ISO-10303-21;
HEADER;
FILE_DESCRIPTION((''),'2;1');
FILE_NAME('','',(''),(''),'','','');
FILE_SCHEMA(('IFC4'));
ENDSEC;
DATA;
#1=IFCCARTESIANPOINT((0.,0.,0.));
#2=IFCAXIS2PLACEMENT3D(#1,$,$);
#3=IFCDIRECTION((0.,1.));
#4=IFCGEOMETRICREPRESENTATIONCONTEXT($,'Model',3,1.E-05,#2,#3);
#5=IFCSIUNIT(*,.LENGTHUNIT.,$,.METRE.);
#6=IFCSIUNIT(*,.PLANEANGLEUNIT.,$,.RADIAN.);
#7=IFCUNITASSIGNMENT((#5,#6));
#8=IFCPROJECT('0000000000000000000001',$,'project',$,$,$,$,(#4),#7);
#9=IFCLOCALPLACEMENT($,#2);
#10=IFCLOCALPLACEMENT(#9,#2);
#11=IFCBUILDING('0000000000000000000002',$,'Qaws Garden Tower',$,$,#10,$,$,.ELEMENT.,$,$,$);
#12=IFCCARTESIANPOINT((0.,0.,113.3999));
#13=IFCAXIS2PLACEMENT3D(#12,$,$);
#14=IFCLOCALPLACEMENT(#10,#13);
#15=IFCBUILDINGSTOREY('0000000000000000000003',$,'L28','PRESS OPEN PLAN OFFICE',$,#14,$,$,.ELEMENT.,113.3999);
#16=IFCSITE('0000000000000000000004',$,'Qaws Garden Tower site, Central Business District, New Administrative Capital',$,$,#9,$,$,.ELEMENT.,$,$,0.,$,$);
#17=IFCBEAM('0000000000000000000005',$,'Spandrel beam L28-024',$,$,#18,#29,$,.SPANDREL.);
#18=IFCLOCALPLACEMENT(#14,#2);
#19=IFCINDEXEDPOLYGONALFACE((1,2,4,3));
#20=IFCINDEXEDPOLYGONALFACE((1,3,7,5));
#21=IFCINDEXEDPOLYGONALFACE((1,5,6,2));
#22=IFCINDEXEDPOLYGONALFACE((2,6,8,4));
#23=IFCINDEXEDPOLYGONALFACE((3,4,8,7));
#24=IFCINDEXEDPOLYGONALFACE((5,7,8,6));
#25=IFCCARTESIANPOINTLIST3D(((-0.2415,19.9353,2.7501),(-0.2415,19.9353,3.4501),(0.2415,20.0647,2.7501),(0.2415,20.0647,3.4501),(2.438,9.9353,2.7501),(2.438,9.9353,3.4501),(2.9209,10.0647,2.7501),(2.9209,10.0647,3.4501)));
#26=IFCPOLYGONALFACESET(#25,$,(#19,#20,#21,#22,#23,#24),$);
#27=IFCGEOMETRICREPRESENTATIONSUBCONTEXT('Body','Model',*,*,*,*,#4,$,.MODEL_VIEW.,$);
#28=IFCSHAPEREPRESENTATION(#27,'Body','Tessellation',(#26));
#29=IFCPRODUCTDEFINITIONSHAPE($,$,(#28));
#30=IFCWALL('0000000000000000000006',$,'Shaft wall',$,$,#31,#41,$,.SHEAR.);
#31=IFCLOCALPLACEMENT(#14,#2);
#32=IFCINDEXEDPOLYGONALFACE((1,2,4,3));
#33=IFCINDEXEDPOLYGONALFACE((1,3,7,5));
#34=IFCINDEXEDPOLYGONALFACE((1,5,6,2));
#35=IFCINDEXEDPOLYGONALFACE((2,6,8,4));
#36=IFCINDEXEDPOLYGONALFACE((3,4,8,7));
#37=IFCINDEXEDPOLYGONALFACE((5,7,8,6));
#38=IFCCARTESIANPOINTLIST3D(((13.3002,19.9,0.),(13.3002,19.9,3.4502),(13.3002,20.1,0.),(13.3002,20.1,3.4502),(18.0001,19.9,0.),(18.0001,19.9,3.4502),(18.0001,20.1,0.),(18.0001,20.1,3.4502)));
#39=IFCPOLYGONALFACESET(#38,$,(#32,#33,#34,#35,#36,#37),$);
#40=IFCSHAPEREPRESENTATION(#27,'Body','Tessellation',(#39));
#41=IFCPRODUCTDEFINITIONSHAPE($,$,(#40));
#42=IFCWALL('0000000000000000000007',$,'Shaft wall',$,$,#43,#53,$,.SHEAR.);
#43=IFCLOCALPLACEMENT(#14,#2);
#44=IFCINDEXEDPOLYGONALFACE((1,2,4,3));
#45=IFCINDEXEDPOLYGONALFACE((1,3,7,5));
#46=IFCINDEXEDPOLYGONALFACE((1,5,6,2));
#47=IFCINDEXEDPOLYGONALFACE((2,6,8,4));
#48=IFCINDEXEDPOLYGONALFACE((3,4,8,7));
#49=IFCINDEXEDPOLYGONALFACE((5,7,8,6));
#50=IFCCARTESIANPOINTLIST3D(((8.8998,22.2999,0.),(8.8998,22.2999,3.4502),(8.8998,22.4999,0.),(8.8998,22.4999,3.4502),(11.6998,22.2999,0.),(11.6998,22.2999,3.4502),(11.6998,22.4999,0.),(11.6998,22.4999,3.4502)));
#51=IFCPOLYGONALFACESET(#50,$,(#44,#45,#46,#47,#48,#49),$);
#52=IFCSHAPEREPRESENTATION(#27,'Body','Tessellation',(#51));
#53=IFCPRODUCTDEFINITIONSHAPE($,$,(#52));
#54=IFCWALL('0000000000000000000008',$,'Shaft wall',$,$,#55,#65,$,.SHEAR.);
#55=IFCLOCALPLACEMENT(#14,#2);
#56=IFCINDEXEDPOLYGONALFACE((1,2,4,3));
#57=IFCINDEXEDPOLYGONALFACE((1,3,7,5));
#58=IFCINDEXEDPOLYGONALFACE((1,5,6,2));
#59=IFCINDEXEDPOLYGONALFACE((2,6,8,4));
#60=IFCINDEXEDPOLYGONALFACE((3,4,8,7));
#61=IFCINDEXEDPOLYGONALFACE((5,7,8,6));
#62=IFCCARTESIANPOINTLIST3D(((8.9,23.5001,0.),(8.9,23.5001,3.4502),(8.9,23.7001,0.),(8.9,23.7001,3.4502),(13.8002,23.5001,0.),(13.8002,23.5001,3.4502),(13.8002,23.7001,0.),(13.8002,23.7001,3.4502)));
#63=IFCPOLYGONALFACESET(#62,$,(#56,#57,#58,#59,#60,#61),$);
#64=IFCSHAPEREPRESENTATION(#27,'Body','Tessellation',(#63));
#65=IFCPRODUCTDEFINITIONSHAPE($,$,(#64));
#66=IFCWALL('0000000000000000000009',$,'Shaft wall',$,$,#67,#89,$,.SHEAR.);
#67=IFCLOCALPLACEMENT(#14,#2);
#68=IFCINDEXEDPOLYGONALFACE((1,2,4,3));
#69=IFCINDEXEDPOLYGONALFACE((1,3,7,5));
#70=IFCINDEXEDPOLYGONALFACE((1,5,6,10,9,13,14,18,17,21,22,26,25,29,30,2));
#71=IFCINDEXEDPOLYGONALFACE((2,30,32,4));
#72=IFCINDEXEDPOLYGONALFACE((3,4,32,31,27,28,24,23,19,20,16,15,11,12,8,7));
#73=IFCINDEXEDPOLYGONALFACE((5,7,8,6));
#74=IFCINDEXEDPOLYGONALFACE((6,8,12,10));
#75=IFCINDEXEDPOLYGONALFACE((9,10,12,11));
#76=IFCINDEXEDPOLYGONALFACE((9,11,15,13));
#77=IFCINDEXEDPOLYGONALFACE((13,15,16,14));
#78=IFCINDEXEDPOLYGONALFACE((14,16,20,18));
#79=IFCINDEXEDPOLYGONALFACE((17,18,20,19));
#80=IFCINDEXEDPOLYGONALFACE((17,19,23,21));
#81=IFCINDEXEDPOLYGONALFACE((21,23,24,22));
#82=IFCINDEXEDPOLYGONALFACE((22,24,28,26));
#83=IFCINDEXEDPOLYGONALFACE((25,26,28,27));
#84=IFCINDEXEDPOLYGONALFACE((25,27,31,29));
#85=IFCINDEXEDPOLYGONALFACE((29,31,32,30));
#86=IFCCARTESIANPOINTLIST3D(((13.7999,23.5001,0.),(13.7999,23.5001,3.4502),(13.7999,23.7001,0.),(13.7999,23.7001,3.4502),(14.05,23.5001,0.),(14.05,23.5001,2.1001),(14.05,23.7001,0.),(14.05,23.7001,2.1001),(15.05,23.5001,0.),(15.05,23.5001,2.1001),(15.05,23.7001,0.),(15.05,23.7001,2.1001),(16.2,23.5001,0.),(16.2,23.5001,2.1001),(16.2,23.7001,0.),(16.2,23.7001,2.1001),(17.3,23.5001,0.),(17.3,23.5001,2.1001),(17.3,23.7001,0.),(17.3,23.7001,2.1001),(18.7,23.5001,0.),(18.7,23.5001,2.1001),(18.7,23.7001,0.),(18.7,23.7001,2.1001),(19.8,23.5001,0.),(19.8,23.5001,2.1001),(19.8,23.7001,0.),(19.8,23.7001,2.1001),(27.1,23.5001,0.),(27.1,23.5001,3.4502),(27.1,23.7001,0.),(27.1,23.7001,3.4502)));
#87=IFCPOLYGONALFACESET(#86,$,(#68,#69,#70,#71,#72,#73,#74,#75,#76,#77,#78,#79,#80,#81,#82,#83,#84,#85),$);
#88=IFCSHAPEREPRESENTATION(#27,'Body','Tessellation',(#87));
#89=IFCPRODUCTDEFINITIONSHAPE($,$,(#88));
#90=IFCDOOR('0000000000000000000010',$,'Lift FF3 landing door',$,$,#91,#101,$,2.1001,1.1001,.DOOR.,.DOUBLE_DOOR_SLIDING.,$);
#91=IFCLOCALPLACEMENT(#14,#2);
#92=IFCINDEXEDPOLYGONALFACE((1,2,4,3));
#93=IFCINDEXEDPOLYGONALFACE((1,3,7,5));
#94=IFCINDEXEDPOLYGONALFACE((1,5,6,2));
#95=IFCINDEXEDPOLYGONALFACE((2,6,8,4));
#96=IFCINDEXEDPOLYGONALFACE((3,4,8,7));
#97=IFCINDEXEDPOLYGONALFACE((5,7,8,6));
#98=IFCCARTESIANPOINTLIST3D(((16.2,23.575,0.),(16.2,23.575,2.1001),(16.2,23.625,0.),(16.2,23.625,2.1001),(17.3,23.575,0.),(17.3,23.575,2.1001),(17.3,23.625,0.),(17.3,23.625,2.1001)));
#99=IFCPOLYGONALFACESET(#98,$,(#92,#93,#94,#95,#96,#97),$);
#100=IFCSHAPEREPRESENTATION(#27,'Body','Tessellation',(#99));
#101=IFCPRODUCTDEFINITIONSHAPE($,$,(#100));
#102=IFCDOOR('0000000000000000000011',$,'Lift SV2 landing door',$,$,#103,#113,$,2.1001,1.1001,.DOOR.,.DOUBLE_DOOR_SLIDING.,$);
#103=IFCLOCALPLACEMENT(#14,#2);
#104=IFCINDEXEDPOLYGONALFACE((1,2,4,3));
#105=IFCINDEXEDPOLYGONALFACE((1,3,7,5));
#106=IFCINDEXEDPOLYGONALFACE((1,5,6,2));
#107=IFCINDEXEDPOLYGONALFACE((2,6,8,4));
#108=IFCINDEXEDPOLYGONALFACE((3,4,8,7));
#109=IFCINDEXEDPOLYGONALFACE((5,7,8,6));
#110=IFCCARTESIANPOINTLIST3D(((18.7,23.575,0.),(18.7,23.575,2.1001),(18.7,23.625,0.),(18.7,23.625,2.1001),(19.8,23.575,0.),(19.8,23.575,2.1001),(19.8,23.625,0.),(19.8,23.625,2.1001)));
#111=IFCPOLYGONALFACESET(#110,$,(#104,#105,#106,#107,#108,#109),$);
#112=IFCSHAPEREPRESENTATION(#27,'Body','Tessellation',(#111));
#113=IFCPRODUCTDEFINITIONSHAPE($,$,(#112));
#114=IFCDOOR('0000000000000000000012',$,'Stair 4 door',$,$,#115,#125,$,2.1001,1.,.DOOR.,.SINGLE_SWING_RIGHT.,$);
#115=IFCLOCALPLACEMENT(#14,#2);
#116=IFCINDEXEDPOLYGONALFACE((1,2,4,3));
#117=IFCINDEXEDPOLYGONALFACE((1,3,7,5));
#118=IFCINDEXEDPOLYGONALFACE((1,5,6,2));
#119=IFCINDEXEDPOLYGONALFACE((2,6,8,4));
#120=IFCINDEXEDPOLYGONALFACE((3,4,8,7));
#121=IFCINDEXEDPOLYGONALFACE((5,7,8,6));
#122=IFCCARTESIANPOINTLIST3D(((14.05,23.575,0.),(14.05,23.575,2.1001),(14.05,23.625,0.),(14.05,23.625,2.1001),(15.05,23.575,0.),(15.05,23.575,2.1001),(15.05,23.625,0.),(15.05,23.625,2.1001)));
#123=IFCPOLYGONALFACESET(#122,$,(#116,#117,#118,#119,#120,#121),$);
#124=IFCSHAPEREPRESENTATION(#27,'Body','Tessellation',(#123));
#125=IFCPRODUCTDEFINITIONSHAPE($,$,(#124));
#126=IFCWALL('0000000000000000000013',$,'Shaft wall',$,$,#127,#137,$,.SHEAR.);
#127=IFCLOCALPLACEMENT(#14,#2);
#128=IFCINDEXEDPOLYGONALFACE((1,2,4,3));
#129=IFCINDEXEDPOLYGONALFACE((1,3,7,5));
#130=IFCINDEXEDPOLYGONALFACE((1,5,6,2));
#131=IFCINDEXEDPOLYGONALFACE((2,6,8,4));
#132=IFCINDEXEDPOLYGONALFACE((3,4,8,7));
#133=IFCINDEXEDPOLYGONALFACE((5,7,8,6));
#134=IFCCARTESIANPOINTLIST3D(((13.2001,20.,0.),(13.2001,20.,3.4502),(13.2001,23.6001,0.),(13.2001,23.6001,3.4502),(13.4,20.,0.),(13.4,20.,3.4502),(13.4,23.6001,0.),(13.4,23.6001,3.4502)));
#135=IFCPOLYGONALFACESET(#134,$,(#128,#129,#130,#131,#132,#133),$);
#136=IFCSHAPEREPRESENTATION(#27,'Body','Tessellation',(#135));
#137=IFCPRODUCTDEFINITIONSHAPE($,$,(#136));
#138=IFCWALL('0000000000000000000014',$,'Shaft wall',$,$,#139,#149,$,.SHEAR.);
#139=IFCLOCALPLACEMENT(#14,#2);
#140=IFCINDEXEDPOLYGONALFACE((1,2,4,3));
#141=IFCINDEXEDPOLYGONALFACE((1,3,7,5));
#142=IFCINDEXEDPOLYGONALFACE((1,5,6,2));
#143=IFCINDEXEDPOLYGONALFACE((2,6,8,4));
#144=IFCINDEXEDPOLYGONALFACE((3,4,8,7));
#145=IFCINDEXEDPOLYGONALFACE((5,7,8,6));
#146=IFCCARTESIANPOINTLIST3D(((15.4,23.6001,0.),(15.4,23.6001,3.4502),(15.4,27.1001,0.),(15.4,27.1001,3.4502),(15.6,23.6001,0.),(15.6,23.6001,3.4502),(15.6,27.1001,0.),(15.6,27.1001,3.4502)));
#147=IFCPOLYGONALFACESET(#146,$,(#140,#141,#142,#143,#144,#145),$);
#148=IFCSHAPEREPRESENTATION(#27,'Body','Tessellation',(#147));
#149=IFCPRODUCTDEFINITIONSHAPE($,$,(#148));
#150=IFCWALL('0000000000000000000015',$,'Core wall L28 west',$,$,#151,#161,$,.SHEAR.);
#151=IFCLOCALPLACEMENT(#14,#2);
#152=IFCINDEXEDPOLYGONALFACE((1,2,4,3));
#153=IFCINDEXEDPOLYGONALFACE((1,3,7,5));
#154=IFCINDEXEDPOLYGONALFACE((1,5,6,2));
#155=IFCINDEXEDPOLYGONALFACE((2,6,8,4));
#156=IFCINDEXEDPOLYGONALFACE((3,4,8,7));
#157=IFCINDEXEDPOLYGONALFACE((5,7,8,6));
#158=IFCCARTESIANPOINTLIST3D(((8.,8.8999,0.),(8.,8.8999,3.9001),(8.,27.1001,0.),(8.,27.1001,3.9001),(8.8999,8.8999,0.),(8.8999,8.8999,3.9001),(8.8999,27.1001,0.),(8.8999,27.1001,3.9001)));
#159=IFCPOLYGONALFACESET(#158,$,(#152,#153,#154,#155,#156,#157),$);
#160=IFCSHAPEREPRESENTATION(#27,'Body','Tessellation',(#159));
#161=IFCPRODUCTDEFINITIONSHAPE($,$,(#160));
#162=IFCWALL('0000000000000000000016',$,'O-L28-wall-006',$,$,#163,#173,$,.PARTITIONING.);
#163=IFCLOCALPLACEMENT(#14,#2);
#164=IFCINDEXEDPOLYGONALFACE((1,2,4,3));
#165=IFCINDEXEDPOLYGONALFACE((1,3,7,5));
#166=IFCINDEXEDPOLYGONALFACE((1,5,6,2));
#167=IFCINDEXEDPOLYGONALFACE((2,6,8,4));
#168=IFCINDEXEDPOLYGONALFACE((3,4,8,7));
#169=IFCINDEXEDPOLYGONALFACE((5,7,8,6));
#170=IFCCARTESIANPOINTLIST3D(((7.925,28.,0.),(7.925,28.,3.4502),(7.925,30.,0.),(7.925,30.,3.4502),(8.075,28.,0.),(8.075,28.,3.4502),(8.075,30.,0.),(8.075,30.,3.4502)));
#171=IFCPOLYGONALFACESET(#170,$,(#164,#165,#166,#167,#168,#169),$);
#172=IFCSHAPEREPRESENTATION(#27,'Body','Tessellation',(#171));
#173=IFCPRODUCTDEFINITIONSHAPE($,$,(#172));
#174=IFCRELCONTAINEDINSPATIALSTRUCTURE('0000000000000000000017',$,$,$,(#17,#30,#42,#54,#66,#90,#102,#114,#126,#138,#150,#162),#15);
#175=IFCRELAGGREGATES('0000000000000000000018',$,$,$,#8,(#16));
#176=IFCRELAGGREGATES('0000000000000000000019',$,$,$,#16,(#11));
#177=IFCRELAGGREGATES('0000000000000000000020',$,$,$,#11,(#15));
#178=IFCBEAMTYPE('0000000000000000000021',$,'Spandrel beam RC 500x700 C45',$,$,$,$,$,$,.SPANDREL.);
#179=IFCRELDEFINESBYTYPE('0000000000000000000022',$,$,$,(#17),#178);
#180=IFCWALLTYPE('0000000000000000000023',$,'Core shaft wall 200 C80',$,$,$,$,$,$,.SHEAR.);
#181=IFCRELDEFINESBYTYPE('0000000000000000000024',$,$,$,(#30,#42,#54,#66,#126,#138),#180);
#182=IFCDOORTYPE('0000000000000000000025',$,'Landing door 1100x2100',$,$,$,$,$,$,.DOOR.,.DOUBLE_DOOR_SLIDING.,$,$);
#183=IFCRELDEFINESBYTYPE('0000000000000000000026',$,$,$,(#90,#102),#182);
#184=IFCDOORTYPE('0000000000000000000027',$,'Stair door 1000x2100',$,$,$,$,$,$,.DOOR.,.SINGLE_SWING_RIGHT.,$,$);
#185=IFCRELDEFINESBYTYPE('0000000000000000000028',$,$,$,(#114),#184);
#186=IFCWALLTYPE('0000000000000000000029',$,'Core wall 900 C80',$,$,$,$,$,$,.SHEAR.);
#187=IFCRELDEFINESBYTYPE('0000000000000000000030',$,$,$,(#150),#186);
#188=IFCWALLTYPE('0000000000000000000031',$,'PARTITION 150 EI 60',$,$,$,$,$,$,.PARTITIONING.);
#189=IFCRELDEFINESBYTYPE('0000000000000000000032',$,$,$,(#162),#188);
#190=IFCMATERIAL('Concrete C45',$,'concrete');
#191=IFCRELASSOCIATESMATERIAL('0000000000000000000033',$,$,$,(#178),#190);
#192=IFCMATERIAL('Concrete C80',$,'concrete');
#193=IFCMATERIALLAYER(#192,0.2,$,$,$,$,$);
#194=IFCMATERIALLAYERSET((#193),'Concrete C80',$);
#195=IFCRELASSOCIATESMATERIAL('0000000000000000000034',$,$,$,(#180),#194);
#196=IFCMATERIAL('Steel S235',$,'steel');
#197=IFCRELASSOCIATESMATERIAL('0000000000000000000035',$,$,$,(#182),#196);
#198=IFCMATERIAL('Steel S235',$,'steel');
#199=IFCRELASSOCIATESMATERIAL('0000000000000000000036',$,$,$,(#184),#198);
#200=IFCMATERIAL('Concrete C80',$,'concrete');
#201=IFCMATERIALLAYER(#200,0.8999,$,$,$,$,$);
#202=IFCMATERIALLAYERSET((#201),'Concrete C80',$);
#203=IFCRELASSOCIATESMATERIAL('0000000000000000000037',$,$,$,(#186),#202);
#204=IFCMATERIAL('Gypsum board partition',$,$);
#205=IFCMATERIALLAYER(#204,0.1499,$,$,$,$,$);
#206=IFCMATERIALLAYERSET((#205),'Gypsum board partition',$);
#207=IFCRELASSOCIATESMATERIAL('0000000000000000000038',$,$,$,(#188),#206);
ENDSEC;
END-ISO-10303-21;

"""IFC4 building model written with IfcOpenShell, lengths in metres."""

from ifc_helpers import new_model, si_unit, direction, frame, frame_2d, origin, origin_2d, place, context, subcontext, project, spatial, rectangle, extrude, material, layer, layer_set, material_profile, profile_set, type_object, element, fill, save


model = new_model("IFC4")

# Units and contexts
model_context = context("Model", 3, precision=1e-05, world=origin(), true_north=direction((0.0, 1.0)))
body_context = subcontext(model_context, "Body", "Model", "MODEL_VIEW")
ifc_project = project(units=[si_unit("LENGTHUNIT", "METRE"), si_unit("PLANEANGLEUNIT", "RADIAN")], contexts=[model_context])

# Site, building, storey
site_placement = place(None, origin())
site = spatial("IfcSite", under=ifc_project, at=site_placement, Name="Qaws Garden Tower site, Central Business District, New Administrative Capital", CompositionType="ELEMENT", RefElevation=0.0)
building_placement = place(site_placement, origin())
building = spatial("IfcBuilding", under=site, at=building_placement, Name="Qaws Garden Tower", CompositionType="ELEMENT")
storey_placement = place(building_placement, frame((0.0, 0.0, 113.3999)))
storey = spatial("IfcBuildingStorey", under=building, at=storey_placement, Name="L28", Description="PRESS OPEN PLAN OFFICE", CompositionType="ELEMENT", Elevation=113.3999)

# Beam
ifc_material_1 = material(Name="Concrete C45", Category="concrete")
ifc_material_profile = material_profile(ifc_material_1, rectangle(XDim=0.5, YDim=0.7, at=origin_2d()), Name="RC 500x700")
ifc_profile_set = profile_set([ifc_material_profile], Name="Concrete C45")
beam_type = type_object("IfcBeamType", Name="Spandrel beam RC 500x700 C45", PredefinedType="SPANDREL", material=ifc_profile_set)
beam_placement = place(storey_placement, frame((0.0, 20.0, 3.1001), z_axis=(0.258815, -0.965927, 0.0), x_axis=(0.965927, 0.258815, 0.0)))
element("IfcBeam", 1, at=beam_placement, inside=storey, type_object=beam_type, Name="Spandrel beam L28-024", PredefinedType="SPANDREL", context=body_context, shape_type="SweptSolid", body=[
    extrude(rectangle(XDim=0.5, YDim=0.7, at=origin_2d()), origin(), (0.0, 0.0, 1.0), 10.3528),
])

# Walls
ifc_material_2 = material(Name="Concrete C80", Category="concrete")
ifc_layer_1 = layer(ifc_material_2, 0.2)
ifc_layer_set_1 = layer_set([ifc_layer_1], Name="Concrete C80")
wall_type_1 = type_object("IfcWallType", Name="Core shaft wall 200 C80", PredefinedType="SHEAR", material=ifc_layer_set_1)
wall_1_placement = place(storey_placement, frame((13.3, 20.0, 0.0), z_axis=(0.0, 0.0, 1.0), x_axis=(1.0, 0.0, 0.0)))
element("IfcWall", 2, at=wall_1_placement, inside=storey, type_object=wall_type_1, Name="Shaft wall", PredefinedType="SHEAR", context=body_context, shape_type="SweptSolid", body=[
    extrude(rectangle(XDim=4.7, YDim=0.2, at=frame_2d((2.3501, 0.0))), origin(), (0.0, 0.0, 1.0), 3.4502),
])
wall_2_placement = place(storey_placement, frame((8.8999, 22.3999, 0.0), z_axis=(0.0, 0.0, 1.0), x_axis=(1.0, 0.0, 0.0)))
element("IfcWall", 3, at=wall_2_placement, inside=storey, type_object=wall_type_1, Name="Shaft wall", PredefinedType="SHEAR", context=body_context, shape_type="SweptSolid", body=[
    extrude(rectangle(XDim=2.8, YDim=0.2, at=frame_2d((1.3999, 0.0))), origin(), (0.0, 0.0, 1.0), 3.4502),
])
wall_3_placement = place(storey_placement, frame((8.8999, 23.6001, 0.0), z_axis=(0.0, 0.0, 1.0), x_axis=(1.0, 0.0, 0.0)))
element("IfcWall", 4, at=wall_3_placement, inside=storey, type_object=wall_type_1, Name="Shaft wall", PredefinedType="SHEAR", context=body_context, shape_type="SweptSolid", body=[
    extrude(rectangle(XDim=4.9001, YDim=0.2, at=frame_2d((2.4502, 0.0))), origin(), (0.0, 0.0, 1.0), 3.4502),
])

# Wall, openings, doors
wall_4_placement = place(storey_placement, frame((13.8, 23.6001, 0.0), z_axis=(0.0, 0.0, 1.0), x_axis=(1.0, 0.0, 0.0)))
wall_4 = element("IfcWall", 5, at=wall_4_placement, inside=storey, type_object=wall_type_1, Name="Shaft wall", PredefinedType="SHEAR", context=body_context, shape_type="SweptSolid", body=[
    extrude(rectangle(XDim=13.3, YDim=0.2, at=frame_2d((6.6499, 0.0))), origin(), (0.0, 0.0, 1.0), 3.4502),
])
opening_1_placement = place(wall_4_placement, frame((2.3999, 0.0, 0.0)))
opening_1 = element("IfcOpeningElement", 6, at=opening_1_placement, cuts=wall_4, PredefinedType="OPENING", context=body_context, shape_type="SweptSolid", body=[
    extrude(rectangle(XDim=1.1001, YDim=2.1001, at=frame_2d((0.55, 1.05))), frame((0.0, 0.1099, 0.0), z_axis=(0.0, -1.0, 0.0), x_axis=(1.0, 0.0, 0.0)), (0.0, 0.0, 1.0), 0.22),
])
opening_2_placement = place(wall_4_placement, frame((4.8999, 0.0, 0.0)))
opening_2 = element("IfcOpeningElement", 7, at=opening_2_placement, cuts=wall_4, PredefinedType="OPENING", context=body_context, shape_type="SweptSolid", body=[
    extrude(rectangle(XDim=1.1001, YDim=2.1001, at=frame_2d((0.55, 1.05))), frame((0.0, 0.1099, 0.0), z_axis=(0.0, -1.0, 0.0), x_axis=(1.0, 0.0, 0.0)), (0.0, 0.0, 1.0), 0.22),
])
opening_3_placement = place(wall_4_placement, frame((0.25, 0.0, 0.0)))
opening_3 = element("IfcOpeningElement", 8, at=opening_3_placement, cuts=wall_4, PredefinedType="OPENING", context=body_context, shape_type="SweptSolid", body=[
    extrude(rectangle(XDim=1.0, YDim=2.1001, at=frame_2d((0.5, 1.05))), frame((0.0, 0.1099, 0.0), z_axis=(0.0, -1.0, 0.0), x_axis=(1.0, 0.0, 0.0)), (0.0, 0.0, 1.0), 0.22),
])
ifc_material_3 = material(Name="Steel S235", Category="steel")
door_type_1 = type_object("IfcDoorType", Name="Landing door 1100x2100", OperationType="DOUBLE_DOOR_SLIDING", PredefinedType="DOOR", material=ifc_material_3)
door_1_placement = place(opening_1_placement, origin())
door_1 = element("IfcDoor", 9, at=door_1_placement, inside=storey, type_object=door_type_1, Name="Lift FF3 landing door", OperationType="DOUBLE_DOOR_SLIDING", OverallHeight=2.1001, OverallWidth=1.1001, PredefinedType="DOOR", context=body_context, shape_type="SweptSolid", body=[
    extrude(rectangle(XDim=1.1001, YDim=2.1001, at=frame_2d((0.55, 1.05))), frame((0.0, 0.0249, 0.0), z_axis=(0.0, -1.0, 0.0), x_axis=(1.0, 0.0, 0.0)), (0.0, 0.0, 1.0), 0.05),
])
fill(opening_1, door_1)
door_2_placement = place(opening_2_placement, origin())
door_2 = element("IfcDoor", 10, at=door_2_placement, inside=storey, type_object=door_type_1, Name="Lift SV2 landing door", OperationType="DOUBLE_DOOR_SLIDING", OverallHeight=2.1001, OverallWidth=1.1001, PredefinedType="DOOR", context=body_context, shape_type="SweptSolid", body=[
    extrude(rectangle(XDim=1.1001, YDim=2.1001, at=frame_2d((0.55, 1.05))), frame((0.0, 0.0249, 0.0), z_axis=(0.0, -1.0, 0.0), x_axis=(1.0, 0.0, 0.0)), (0.0, 0.0, 1.0), 0.05),
])
fill(opening_2, door_2)
ifc_material_4 = material(Name="Steel S235", Category="steel")
door_type_2 = type_object("IfcDoorType", Name="Stair door 1000x2100", OperationType="SINGLE_SWING_RIGHT", PredefinedType="DOOR", material=ifc_material_4)
door_3_placement = place(opening_3_placement, origin())
door_3 = element("IfcDoor", 11, at=door_3_placement, inside=storey, type_object=door_type_2, Name="Stair 4 door", OperationType="SINGLE_SWING_RIGHT", OverallHeight=2.1001, OverallWidth=1.0, PredefinedType="DOOR", context=body_context, shape_type="SweptSolid", body=[
    extrude(rectangle(XDim=1.0, YDim=2.1001, at=frame_2d((0.5, 1.05))), frame((0.0, 0.0249, 0.0), z_axis=(0.0, -1.0, 0.0), x_axis=(1.0, 0.0, 0.0)), (0.0, 0.0, 1.0), 0.05),
])
fill(opening_3, door_3)

# Walls
wall_5_placement = place(storey_placement, frame((13.3, 20.0, 0.0), z_axis=(0.0, 0.0, 1.0), x_axis=(0.0, 1.0, 0.0)))
element("IfcWall", 12, at=wall_5_placement, inside=storey, type_object=wall_type_1, Name="Shaft wall", PredefinedType="SHEAR", context=body_context, shape_type="SweptSolid", body=[
    extrude(rectangle(XDim=3.6001, YDim=0.2, at=frame_2d((1.8, 0.0))), origin(), (0.0, 0.0, 1.0), 3.4502),
])
wall_6_placement = place(storey_placement, frame((15.5, 23.6001, 0.0), z_axis=(0.0, 0.0, 1.0), x_axis=(0.0, 1.0, 0.0)))
element("IfcWall", 13, at=wall_6_placement, inside=storey, type_object=wall_type_1, Name="Shaft wall", PredefinedType="SHEAR", context=body_context, shape_type="SweptSolid", body=[
    extrude(rectangle(XDim=3.5, YDim=0.2, at=frame_2d((1.75, 0.0))), origin(), (0.0, 0.0, 1.0), 3.4502),
])
ifc_material_5 = material(Name="Concrete C80", Category="concrete")
ifc_layer_2 = layer(ifc_material_5, 0.8999)
ifc_layer_set_2 = layer_set([ifc_layer_2], Name="Concrete C80")
wall_type_2 = type_object("IfcWallType", Name="Core wall 900 C80", PredefinedType="SHEAR", material=ifc_layer_set_2)
wall_7_placement = place(storey_placement, frame((8.45, 27.1001, 0.0), z_axis=(0.0, 0.0, 1.0), x_axis=(0.0, -1.0, 0.0)))
element("IfcWall", 14, at=wall_7_placement, inside=storey, type_object=wall_type_2, Name="Core wall L28 west", PredefinedType="SHEAR", context=body_context, shape_type="SweptSolid", body=[
    extrude(rectangle(XDim=18.2002, YDim=0.8999, at=frame_2d((9.1001, 0.0))), origin(), (0.0, 0.0, 1.0), 3.9001),
])
ifc_material_6 = material(Name="Gypsum board partition")
ifc_layer_3 = layer(ifc_material_6, 0.1499)
ifc_layer_set_3 = layer_set([ifc_layer_3], Name="Gypsum board partition")
wall_type_3 = type_object("IfcWallType", Name="PARTITION 150 EI 60", PredefinedType="PARTITIONING", material=ifc_layer_set_3)
wall_8_placement = place(storey_placement, frame((8.0, 28.0, 0.0), z_axis=(0.0, 0.0, 1.0), x_axis=(0.0, 1.0, 0.0)))
element("IfcWall", 15, at=wall_8_placement, inside=storey, type_object=wall_type_3, Name="O-L28-wall-006", PredefinedType="PARTITIONING", context=body_context, shape_type="SweptSolid", body=[
    extrude(rectangle(XDim=2.0, YDim=0.1499, at=frame_2d((1.0, 0.0))), origin(), (0.0, 0.0, 1.0), 3.4502),
])

save(model, "model.ifc")
